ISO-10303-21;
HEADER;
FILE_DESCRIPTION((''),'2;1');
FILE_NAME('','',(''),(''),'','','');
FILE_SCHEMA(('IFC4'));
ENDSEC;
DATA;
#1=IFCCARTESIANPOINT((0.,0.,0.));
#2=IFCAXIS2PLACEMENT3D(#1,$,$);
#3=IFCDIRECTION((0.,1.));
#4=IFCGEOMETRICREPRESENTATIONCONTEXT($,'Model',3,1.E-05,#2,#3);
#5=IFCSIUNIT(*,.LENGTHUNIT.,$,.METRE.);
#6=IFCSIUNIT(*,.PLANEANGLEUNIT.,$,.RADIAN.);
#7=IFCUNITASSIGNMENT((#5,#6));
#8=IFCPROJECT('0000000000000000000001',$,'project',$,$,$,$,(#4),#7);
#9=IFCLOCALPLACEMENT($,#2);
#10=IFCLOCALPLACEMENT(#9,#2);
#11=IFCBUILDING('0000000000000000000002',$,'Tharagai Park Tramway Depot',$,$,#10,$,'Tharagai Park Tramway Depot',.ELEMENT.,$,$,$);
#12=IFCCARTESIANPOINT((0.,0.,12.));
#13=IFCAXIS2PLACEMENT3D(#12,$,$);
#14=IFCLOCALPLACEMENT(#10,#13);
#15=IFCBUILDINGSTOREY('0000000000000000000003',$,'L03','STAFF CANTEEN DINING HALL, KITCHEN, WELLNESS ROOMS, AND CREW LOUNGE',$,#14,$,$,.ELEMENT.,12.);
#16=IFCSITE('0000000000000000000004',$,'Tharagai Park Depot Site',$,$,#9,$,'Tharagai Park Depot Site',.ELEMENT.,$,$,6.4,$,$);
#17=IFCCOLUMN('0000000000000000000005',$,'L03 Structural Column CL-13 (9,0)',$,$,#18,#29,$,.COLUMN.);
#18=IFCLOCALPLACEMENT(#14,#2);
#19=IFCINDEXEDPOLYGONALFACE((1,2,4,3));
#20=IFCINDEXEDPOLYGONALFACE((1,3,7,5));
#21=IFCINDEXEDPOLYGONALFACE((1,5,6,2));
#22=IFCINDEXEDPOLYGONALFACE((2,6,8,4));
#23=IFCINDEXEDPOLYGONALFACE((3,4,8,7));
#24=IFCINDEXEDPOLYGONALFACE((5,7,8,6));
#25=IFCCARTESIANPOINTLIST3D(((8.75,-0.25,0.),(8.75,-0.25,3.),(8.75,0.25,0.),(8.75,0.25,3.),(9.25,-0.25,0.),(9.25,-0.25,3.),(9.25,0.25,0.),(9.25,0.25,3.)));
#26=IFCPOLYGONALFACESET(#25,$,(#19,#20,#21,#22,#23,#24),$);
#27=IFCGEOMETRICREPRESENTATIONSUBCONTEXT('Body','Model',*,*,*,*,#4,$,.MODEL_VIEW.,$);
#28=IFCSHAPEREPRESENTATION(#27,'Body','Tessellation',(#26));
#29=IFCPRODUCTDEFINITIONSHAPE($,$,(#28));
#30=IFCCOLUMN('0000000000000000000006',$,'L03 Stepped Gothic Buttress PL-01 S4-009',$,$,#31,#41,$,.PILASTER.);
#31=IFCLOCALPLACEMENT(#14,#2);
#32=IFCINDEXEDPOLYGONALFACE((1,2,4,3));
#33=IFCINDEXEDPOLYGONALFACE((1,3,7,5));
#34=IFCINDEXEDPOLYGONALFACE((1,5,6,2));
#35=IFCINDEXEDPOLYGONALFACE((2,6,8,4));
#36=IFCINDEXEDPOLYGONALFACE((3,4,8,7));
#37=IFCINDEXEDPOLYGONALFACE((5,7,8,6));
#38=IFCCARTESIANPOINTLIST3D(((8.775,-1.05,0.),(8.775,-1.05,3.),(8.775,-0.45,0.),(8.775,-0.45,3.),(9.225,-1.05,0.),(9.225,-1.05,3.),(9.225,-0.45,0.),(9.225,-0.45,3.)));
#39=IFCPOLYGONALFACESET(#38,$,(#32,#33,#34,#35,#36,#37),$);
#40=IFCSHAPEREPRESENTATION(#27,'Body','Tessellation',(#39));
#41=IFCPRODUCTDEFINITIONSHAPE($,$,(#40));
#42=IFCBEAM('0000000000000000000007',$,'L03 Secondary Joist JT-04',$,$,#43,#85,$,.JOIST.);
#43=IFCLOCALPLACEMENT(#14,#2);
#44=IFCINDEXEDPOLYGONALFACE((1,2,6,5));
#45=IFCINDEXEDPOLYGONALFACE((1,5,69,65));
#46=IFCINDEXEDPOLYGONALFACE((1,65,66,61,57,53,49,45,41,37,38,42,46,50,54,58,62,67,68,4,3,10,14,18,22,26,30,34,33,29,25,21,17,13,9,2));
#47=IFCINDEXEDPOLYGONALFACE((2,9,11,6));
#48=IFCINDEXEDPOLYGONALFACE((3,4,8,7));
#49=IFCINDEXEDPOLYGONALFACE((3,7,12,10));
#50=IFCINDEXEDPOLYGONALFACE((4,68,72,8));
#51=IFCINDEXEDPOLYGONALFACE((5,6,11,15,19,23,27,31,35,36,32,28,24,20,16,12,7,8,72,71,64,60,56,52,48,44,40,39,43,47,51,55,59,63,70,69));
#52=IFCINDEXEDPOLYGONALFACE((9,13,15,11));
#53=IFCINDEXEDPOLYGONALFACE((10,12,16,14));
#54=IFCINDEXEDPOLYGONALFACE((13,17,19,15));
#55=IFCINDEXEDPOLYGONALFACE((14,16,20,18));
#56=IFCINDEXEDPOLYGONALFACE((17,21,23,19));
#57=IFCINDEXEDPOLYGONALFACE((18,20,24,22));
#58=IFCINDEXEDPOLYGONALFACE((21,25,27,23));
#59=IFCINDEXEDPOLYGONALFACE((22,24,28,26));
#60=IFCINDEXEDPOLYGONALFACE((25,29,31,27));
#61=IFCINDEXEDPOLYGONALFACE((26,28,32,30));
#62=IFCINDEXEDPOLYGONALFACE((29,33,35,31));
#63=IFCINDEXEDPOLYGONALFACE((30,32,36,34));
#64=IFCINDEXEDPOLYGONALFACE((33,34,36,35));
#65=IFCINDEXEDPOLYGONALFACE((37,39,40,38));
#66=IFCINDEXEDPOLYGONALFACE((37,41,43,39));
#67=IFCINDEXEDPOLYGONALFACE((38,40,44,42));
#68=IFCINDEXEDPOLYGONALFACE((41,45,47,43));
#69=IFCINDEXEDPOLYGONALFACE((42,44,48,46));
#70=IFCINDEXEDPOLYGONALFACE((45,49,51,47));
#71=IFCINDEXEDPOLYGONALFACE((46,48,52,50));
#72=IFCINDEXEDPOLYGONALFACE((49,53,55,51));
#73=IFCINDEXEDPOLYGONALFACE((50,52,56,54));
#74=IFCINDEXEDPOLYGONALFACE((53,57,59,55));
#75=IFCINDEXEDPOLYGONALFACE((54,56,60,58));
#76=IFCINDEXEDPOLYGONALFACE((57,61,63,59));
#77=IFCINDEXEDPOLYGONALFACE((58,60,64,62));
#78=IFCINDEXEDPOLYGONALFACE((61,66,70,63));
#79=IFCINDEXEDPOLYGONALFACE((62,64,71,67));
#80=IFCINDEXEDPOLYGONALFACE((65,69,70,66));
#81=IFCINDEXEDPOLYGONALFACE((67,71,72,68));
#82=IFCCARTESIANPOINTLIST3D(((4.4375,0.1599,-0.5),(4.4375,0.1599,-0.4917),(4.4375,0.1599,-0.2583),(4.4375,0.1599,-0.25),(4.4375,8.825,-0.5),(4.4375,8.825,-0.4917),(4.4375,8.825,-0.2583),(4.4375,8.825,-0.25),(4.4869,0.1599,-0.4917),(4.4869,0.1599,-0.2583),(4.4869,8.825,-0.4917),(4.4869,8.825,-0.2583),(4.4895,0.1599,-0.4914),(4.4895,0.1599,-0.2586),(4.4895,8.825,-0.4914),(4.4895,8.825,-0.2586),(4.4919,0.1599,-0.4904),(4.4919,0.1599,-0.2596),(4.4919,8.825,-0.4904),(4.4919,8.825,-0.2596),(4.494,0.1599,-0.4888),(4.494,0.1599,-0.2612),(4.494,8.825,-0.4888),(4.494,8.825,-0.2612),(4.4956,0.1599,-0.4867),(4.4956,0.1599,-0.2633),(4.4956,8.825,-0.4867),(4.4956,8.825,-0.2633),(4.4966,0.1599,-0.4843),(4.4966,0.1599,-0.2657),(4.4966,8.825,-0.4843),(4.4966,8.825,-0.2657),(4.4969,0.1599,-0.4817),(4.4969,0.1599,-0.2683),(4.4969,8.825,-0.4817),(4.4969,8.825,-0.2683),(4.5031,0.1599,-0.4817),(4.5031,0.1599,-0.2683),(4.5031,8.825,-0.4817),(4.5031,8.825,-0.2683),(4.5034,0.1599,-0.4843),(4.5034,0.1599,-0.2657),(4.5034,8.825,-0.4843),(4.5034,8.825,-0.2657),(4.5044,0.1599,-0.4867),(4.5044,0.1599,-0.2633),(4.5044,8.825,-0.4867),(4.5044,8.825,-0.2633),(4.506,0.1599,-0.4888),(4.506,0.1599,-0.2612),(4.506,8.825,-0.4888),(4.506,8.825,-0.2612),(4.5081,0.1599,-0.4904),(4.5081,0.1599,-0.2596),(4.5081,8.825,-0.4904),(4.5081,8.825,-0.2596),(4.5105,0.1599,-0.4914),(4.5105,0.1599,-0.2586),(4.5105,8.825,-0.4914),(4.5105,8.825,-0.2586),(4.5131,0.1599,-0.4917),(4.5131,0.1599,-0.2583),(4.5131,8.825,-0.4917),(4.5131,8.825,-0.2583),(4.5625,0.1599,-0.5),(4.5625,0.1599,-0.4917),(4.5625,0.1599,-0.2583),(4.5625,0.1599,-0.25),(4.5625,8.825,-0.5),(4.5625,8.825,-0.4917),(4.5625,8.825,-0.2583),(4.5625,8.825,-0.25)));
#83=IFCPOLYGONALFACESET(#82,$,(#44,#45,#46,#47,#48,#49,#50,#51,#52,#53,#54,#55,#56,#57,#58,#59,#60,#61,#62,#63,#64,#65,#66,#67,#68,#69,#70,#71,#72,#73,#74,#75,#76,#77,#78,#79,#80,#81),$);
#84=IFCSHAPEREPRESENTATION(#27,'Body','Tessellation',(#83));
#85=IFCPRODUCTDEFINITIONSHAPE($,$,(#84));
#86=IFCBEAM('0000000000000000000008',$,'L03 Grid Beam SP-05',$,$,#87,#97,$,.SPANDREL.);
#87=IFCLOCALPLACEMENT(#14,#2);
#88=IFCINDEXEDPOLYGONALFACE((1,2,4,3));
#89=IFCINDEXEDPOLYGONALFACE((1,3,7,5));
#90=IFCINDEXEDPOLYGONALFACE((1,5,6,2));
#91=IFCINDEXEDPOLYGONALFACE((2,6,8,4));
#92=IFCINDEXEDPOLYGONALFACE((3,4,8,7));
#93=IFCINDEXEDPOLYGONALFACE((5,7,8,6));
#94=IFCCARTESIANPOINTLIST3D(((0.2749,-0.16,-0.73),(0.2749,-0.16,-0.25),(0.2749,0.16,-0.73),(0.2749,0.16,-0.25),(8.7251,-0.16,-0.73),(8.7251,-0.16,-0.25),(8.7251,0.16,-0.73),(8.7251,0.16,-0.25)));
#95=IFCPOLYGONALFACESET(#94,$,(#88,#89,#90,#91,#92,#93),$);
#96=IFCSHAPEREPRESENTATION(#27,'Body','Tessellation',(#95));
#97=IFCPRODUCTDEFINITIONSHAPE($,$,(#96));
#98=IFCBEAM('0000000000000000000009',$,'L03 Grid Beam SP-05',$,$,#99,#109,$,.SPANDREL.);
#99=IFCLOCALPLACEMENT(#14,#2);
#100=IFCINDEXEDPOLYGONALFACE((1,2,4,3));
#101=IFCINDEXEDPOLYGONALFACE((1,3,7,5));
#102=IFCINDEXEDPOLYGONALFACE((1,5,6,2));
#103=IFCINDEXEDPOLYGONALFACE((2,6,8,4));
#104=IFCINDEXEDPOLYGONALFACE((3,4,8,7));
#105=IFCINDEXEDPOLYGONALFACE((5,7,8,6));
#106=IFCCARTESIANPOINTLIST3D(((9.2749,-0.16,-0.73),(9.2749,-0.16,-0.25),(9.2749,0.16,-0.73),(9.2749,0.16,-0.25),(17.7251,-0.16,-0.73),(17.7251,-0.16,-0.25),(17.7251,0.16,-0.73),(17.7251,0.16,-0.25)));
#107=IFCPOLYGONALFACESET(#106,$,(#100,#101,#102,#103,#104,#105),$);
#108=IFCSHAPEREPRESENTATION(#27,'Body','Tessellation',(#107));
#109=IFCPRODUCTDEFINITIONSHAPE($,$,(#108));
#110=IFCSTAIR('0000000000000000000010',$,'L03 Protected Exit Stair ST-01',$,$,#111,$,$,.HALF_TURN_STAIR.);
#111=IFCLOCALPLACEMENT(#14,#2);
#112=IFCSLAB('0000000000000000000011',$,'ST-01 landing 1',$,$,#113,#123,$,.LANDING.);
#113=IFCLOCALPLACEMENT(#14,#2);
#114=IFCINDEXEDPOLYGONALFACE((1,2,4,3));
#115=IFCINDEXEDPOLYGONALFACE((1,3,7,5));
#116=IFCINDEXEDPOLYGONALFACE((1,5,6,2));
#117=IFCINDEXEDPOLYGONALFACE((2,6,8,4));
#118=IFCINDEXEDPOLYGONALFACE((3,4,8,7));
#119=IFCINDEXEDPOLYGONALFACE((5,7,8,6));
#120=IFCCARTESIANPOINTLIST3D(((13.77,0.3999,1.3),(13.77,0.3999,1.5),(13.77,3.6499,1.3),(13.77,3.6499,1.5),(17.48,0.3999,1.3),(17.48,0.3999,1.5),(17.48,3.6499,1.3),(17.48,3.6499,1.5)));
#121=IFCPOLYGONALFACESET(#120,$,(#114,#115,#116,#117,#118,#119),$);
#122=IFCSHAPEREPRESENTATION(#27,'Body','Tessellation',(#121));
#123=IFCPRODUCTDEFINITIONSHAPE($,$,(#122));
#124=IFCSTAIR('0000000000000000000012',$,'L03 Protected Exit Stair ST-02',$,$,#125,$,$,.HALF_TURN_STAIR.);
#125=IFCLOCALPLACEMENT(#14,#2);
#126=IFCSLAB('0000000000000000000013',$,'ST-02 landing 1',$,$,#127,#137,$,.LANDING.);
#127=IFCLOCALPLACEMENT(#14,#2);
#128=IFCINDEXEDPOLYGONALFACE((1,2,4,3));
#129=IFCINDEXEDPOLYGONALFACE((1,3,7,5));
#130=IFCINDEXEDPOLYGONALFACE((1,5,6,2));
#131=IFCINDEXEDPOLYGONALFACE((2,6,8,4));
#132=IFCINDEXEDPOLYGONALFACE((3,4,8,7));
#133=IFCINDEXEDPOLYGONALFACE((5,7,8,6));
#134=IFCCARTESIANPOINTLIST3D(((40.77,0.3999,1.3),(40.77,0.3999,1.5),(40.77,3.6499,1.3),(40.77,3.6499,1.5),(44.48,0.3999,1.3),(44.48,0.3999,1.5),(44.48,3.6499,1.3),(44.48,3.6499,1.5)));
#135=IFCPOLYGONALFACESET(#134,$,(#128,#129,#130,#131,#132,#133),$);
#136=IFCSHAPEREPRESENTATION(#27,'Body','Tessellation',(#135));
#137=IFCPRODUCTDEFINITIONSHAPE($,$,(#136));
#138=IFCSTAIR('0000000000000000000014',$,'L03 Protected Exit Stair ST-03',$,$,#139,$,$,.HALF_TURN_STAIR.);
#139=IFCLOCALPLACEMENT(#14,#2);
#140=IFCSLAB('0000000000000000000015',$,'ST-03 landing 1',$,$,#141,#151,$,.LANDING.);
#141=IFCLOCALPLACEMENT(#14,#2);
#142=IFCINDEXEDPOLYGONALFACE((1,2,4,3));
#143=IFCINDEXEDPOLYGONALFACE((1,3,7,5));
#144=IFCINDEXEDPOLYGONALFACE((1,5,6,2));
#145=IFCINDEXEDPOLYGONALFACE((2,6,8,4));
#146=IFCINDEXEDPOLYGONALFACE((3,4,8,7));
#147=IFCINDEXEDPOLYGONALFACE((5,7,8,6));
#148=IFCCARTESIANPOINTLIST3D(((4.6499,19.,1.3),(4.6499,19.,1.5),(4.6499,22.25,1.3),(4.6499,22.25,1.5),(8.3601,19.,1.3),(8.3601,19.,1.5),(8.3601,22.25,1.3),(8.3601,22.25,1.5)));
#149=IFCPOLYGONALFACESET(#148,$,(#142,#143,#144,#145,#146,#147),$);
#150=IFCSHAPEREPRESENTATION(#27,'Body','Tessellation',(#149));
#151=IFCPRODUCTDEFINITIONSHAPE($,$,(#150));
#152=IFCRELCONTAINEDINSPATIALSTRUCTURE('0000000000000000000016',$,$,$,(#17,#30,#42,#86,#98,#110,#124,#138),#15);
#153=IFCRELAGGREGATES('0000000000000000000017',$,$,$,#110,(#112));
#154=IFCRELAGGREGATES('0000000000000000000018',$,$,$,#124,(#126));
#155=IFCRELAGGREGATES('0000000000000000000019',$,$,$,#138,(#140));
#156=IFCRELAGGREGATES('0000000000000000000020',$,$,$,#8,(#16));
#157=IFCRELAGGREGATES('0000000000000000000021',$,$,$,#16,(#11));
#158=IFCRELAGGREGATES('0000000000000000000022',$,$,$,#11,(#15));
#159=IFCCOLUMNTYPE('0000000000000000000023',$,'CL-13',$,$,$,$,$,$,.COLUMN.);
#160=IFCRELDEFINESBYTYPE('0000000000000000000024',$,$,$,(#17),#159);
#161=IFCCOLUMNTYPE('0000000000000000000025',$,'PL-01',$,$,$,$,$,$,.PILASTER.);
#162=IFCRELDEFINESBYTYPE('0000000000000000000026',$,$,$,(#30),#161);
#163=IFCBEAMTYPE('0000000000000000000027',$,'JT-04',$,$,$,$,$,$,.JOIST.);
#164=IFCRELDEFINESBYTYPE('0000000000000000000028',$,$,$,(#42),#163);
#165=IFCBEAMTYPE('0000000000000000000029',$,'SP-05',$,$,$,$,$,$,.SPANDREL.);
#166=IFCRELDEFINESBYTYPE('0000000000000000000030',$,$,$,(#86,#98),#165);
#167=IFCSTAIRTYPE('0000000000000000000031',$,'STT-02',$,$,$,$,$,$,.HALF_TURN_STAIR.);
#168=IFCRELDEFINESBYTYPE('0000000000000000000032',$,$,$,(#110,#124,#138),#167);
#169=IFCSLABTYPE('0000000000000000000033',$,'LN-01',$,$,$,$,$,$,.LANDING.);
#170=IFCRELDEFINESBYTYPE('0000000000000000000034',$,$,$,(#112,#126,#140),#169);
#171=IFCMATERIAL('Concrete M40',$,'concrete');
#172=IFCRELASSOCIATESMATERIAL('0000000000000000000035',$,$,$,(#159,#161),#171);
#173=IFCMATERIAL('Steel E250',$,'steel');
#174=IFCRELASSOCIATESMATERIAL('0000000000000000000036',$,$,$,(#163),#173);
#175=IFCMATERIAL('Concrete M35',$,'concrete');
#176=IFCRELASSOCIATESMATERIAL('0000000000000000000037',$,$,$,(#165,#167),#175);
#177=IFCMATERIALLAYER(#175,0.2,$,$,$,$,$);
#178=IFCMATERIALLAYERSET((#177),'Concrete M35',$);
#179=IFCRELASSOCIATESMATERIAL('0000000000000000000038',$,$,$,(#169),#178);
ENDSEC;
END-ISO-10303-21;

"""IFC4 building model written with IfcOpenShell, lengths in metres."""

from ifc_helpers import new_model, si_unit, direction, frame, origin, origin_2d, place, context, subcontext, project, spatial, polyline, rectangle, i_section, outline, extrude, material, layer, layer_set, material_profile, profile_set, type_object, element, aggregate, save


model = new_model("IFC4")

# Units and contexts
model_context = context("Model", 3, precision=1e-05, world=origin(), true_north=direction((0.0, 1.0)))
body_context = subcontext(model_context, "Body", "Model", "MODEL_VIEW")
ifc_project = project(units=[si_unit("LENGTHUNIT", "METRE"), si_unit("PLANEANGLEUNIT", "RADIAN")], contexts=[model_context])

# Site, building, storey
site_placement = place(None, origin())
site = spatial("IfcSite", under=ifc_project, at=site_placement, Name="Tharagai Park Depot Site", LongName="Tharagai Park Depot Site", CompositionType="ELEMENT", RefElevation=6.4)
building_placement = place(site_placement, origin())
building = spatial("IfcBuilding", under=site, at=building_placement, Name="Tharagai Park Tramway Depot", LongName="Tharagai Park Tramway Depot", CompositionType="ELEMENT")
storey_placement = place(building_placement, frame((0.0, 0.0, 12.0)))
storey = spatial("IfcBuildingStorey", under=building, at=storey_placement, Name="L03", Description="STAFF CANTEEN DINING HALL, KITCHEN, WELLNESS ROOMS, AND CREW LOUNGE", CompositionType="ELEMENT", Elevation=12.0)

# Columns
ifc_material_1 = material(Name="Concrete M40", Category="concrete")
ifc_material_profile_1 = material_profile(ifc_material_1, rectangle(XDim=0.5, YDim=0.5, at=origin_2d()), Name="RC 500x500")
ifc_profile_set_1 = profile_set([ifc_material_profile_1], Name="Concrete M40")
column_type_1 = type_object("IfcColumnType", Name="CL-13", PredefinedType="COLUMN", material=ifc_profile_set_1)
column_1_placement = place(storey_placement, frame((9.0, 0.0, 0.0), z_axis=(0.0, 0.0, 1.0), x_axis=(1.0, 0.0, 0.0)))
element("IfcColumn", 1, at=column_1_placement, inside=storey, type_object=column_type_1, Name="L03 Structural Column CL-13 (9,0)", PredefinedType="COLUMN", context=body_context, shape_type="SweptSolid", body=[
    extrude(rectangle(XDim=0.5, YDim=0.5, at=origin_2d()), origin(), (0.0, 0.0, 1.0), 3.0),
])
ifc_material_profile_2 = material_profile(ifc_material_1, rectangle(XDim=0.45, YDim=0.6001, at=origin_2d()), Name="RC 450x600")
ifc_profile_set_2 = profile_set([ifc_material_profile_2], Name="Concrete M40")
column_type_2 = type_object("IfcColumnType", Name="PL-01", PredefinedType="PILASTER", material=ifc_profile_set_2)
column_2_placement = place(storey_placement, frame((9.0, -0.75, 0.0), z_axis=(0.0, 0.0, 1.0), x_axis=(1.0, 0.0, 0.0)))
element("IfcColumn", 2, at=column_2_placement, inside=storey, type_object=column_type_2, Name="L03 Stepped Gothic Buttress PL-01 S4-009", PredefinedType="PILASTER", context=body_context, shape_type="SweptSolid", body=[
    extrude(rectangle(XDim=0.45, YDim=0.6001, at=origin_2d()), origin(), (0.0, 0.0, 1.0), 3.0),
])

# Beams
ifc_material_2 = material(Name="Steel E250", Category="steel")
ifc_material_profile_3 = material_profile(ifc_material_2, i_section(OverallWidth=0.125, OverallDepth=0.25, WebThickness=0.0061, FlangeThickness=0.0083, FilletRadius=0.01, at=origin_2d()), Name="ISLB 250")
ifc_profile_set_3 = profile_set([ifc_material_profile_3], Name="Steel E250")
beam_type_1 = type_object("IfcBeamType", Name="JT-04", PredefinedType="JOIST", material=ifc_profile_set_3)
beam_placement = place(storey_placement, frame((4.5, 0.1599, -0.375), z_axis=(0.0, 1.0, 0.0), x_axis=(-1.0, 0.0, 0.0)))
element("IfcBeam", 3, at=beam_placement, inside=storey, type_object=beam_type_1, Name="L03 Secondary Joist JT-04", PredefinedType="JOIST", context=body_context, shape_type="SweptSolid", body=[
    extrude(i_section(OverallWidth=0.125, OverallDepth=0.25, WebThickness=0.0061, FlangeThickness=0.0083, FilletRadius=0.01, at=origin_2d()), origin(), (0.0, 0.0, 1.0), 8.665),
])
ifc_material_3 = material(Name="Concrete M35", Category="concrete")
ifc_material_profile_4 = material_profile(ifc_material_3, rectangle(XDim=0.3201, YDim=0.48, at=origin_2d()), Name="RC 320x480")
ifc_profile_set_4 = profile_set([ifc_material_profile_4], Name="Concrete M35")
beam_type_2 = type_object("IfcBeamType", Name="SP-05", PredefinedType="SPANDREL", material=ifc_profile_set_4)
for number, where, z_axis, x_axis, name in (
    (4, (0.2749, 0.0, -0.49), (1.0, 0.0, 0.0), (0.0, 1.0, 0.0), "L03 Grid Beam SP-05"),
    (5, (9.2749, 0.0, -0.49), (1.0, 0.0, 0.0), (0.0, 1.0, 0.0), "L03 Grid Beam SP-05"),
):
    element("IfcBeam", number, at=place(storey_placement, frame(where, z_axis=z_axis, x_axis=x_axis)), inside=storey, type_object=beam_type_2, Name=name, PredefinedType="SPANDREL", context=body_context, shape_type="SweptSolid", body=[
        extrude(rectangle(XDim=0.3201, YDim=0.48, at=origin_2d()), origin(), (0.0, 0.0, 1.0), 8.4502),
    ])

# Stairs, slabs
stair_type = type_object("IfcStairType", Name="STT-02", PredefinedType="HALF_TURN_STAIR", material=ifc_material_3)
stair_1_placement = place(storey_placement, origin())
stair_1 = element("IfcStair", 6, at=stair_1_placement, inside=storey, type_object=stair_type, Name="L03 Protected Exit Stair ST-01", PredefinedType="HALF_TURN_STAIR")
ifc_layer_1 = layer(ifc_material_3, 0.2)
ifc_layer_set_1 = layer_set([ifc_layer_1], Name="Concrete M35")
slab_type_1 = type_object("IfcSlabType", Name="LN-01", PredefinedType="LANDING", material=ifc_layer_set_1)
slab_1_placement = place(storey_placement, frame((0.0, 0.0, 1.3)))
slab_1 = element("IfcSlab", 7, at=slab_1_placement, type_object=slab_type_1, Name="ST-01 landing 1", PredefinedType="LANDING", context=body_context, shape_type="SweptSolid", body=[
    extrude(outline(polyline([(13.77, 0.3999), (17.48, 0.3999), (17.48, 3.6499), (13.77, 3.6499), (13.77, 0.3999)])), origin(), (0.0, 0.0, 1.0), 0.2),
])
aggregate(stair_1, [slab_1])
stair_2_placement = place(storey_placement, origin())
stair_2 = element("IfcStair", 8, at=stair_2_placement, inside=storey, type_object=stair_type, Name="L03 Protected Exit Stair ST-02", PredefinedType="HALF_TURN_STAIR")
slab_2_placement = place(storey_placement, frame((0.0, 0.0, 1.3)))
slab_2 = element("IfcSlab", 9, at=slab_2_placement, type_object=slab_type_1, Name="ST-02 landing 1", PredefinedType="LANDING", context=body_context, shape_type="SweptSolid", body=[
    extrude(outline(polyline([(40.77, 0.3999), (44.48, 0.3999), (44.48, 3.6499), (40.77, 3.6499), (40.77, 0.3999)])), origin(), (0.0, 0.0, 1.0), 0.2),
])
aggregate(stair_2, [slab_2])
stair_3_placement = place(storey_placement, origin())
stair_3 = element("IfcStair", 10, at=stair_3_placement, inside=storey, type_object=stair_type, Name="L03 Protected Exit Stair ST-03", PredefinedType="HALF_TURN_STAIR")
slab_3_placement = place(storey_placement, frame((0.0, 0.0, 1.3)))
slab_3 = element("IfcSlab", 11, at=slab_3_placement, type_object=slab_type_1, Name="ST-03 landing 1", PredefinedType="LANDING", context=body_context, shape_type="SweptSolid", body=[
    extrude(outline(polyline([(4.6499, 19.0), (8.3601, 19.0), (8.3601, 22.25), (4.6499, 22.25), (4.6499, 19.0)])), origin(), (0.0, 0.0, 1.0), 0.2),
])
aggregate(stair_3, [slab_3])

save(model, "model.ifc")
